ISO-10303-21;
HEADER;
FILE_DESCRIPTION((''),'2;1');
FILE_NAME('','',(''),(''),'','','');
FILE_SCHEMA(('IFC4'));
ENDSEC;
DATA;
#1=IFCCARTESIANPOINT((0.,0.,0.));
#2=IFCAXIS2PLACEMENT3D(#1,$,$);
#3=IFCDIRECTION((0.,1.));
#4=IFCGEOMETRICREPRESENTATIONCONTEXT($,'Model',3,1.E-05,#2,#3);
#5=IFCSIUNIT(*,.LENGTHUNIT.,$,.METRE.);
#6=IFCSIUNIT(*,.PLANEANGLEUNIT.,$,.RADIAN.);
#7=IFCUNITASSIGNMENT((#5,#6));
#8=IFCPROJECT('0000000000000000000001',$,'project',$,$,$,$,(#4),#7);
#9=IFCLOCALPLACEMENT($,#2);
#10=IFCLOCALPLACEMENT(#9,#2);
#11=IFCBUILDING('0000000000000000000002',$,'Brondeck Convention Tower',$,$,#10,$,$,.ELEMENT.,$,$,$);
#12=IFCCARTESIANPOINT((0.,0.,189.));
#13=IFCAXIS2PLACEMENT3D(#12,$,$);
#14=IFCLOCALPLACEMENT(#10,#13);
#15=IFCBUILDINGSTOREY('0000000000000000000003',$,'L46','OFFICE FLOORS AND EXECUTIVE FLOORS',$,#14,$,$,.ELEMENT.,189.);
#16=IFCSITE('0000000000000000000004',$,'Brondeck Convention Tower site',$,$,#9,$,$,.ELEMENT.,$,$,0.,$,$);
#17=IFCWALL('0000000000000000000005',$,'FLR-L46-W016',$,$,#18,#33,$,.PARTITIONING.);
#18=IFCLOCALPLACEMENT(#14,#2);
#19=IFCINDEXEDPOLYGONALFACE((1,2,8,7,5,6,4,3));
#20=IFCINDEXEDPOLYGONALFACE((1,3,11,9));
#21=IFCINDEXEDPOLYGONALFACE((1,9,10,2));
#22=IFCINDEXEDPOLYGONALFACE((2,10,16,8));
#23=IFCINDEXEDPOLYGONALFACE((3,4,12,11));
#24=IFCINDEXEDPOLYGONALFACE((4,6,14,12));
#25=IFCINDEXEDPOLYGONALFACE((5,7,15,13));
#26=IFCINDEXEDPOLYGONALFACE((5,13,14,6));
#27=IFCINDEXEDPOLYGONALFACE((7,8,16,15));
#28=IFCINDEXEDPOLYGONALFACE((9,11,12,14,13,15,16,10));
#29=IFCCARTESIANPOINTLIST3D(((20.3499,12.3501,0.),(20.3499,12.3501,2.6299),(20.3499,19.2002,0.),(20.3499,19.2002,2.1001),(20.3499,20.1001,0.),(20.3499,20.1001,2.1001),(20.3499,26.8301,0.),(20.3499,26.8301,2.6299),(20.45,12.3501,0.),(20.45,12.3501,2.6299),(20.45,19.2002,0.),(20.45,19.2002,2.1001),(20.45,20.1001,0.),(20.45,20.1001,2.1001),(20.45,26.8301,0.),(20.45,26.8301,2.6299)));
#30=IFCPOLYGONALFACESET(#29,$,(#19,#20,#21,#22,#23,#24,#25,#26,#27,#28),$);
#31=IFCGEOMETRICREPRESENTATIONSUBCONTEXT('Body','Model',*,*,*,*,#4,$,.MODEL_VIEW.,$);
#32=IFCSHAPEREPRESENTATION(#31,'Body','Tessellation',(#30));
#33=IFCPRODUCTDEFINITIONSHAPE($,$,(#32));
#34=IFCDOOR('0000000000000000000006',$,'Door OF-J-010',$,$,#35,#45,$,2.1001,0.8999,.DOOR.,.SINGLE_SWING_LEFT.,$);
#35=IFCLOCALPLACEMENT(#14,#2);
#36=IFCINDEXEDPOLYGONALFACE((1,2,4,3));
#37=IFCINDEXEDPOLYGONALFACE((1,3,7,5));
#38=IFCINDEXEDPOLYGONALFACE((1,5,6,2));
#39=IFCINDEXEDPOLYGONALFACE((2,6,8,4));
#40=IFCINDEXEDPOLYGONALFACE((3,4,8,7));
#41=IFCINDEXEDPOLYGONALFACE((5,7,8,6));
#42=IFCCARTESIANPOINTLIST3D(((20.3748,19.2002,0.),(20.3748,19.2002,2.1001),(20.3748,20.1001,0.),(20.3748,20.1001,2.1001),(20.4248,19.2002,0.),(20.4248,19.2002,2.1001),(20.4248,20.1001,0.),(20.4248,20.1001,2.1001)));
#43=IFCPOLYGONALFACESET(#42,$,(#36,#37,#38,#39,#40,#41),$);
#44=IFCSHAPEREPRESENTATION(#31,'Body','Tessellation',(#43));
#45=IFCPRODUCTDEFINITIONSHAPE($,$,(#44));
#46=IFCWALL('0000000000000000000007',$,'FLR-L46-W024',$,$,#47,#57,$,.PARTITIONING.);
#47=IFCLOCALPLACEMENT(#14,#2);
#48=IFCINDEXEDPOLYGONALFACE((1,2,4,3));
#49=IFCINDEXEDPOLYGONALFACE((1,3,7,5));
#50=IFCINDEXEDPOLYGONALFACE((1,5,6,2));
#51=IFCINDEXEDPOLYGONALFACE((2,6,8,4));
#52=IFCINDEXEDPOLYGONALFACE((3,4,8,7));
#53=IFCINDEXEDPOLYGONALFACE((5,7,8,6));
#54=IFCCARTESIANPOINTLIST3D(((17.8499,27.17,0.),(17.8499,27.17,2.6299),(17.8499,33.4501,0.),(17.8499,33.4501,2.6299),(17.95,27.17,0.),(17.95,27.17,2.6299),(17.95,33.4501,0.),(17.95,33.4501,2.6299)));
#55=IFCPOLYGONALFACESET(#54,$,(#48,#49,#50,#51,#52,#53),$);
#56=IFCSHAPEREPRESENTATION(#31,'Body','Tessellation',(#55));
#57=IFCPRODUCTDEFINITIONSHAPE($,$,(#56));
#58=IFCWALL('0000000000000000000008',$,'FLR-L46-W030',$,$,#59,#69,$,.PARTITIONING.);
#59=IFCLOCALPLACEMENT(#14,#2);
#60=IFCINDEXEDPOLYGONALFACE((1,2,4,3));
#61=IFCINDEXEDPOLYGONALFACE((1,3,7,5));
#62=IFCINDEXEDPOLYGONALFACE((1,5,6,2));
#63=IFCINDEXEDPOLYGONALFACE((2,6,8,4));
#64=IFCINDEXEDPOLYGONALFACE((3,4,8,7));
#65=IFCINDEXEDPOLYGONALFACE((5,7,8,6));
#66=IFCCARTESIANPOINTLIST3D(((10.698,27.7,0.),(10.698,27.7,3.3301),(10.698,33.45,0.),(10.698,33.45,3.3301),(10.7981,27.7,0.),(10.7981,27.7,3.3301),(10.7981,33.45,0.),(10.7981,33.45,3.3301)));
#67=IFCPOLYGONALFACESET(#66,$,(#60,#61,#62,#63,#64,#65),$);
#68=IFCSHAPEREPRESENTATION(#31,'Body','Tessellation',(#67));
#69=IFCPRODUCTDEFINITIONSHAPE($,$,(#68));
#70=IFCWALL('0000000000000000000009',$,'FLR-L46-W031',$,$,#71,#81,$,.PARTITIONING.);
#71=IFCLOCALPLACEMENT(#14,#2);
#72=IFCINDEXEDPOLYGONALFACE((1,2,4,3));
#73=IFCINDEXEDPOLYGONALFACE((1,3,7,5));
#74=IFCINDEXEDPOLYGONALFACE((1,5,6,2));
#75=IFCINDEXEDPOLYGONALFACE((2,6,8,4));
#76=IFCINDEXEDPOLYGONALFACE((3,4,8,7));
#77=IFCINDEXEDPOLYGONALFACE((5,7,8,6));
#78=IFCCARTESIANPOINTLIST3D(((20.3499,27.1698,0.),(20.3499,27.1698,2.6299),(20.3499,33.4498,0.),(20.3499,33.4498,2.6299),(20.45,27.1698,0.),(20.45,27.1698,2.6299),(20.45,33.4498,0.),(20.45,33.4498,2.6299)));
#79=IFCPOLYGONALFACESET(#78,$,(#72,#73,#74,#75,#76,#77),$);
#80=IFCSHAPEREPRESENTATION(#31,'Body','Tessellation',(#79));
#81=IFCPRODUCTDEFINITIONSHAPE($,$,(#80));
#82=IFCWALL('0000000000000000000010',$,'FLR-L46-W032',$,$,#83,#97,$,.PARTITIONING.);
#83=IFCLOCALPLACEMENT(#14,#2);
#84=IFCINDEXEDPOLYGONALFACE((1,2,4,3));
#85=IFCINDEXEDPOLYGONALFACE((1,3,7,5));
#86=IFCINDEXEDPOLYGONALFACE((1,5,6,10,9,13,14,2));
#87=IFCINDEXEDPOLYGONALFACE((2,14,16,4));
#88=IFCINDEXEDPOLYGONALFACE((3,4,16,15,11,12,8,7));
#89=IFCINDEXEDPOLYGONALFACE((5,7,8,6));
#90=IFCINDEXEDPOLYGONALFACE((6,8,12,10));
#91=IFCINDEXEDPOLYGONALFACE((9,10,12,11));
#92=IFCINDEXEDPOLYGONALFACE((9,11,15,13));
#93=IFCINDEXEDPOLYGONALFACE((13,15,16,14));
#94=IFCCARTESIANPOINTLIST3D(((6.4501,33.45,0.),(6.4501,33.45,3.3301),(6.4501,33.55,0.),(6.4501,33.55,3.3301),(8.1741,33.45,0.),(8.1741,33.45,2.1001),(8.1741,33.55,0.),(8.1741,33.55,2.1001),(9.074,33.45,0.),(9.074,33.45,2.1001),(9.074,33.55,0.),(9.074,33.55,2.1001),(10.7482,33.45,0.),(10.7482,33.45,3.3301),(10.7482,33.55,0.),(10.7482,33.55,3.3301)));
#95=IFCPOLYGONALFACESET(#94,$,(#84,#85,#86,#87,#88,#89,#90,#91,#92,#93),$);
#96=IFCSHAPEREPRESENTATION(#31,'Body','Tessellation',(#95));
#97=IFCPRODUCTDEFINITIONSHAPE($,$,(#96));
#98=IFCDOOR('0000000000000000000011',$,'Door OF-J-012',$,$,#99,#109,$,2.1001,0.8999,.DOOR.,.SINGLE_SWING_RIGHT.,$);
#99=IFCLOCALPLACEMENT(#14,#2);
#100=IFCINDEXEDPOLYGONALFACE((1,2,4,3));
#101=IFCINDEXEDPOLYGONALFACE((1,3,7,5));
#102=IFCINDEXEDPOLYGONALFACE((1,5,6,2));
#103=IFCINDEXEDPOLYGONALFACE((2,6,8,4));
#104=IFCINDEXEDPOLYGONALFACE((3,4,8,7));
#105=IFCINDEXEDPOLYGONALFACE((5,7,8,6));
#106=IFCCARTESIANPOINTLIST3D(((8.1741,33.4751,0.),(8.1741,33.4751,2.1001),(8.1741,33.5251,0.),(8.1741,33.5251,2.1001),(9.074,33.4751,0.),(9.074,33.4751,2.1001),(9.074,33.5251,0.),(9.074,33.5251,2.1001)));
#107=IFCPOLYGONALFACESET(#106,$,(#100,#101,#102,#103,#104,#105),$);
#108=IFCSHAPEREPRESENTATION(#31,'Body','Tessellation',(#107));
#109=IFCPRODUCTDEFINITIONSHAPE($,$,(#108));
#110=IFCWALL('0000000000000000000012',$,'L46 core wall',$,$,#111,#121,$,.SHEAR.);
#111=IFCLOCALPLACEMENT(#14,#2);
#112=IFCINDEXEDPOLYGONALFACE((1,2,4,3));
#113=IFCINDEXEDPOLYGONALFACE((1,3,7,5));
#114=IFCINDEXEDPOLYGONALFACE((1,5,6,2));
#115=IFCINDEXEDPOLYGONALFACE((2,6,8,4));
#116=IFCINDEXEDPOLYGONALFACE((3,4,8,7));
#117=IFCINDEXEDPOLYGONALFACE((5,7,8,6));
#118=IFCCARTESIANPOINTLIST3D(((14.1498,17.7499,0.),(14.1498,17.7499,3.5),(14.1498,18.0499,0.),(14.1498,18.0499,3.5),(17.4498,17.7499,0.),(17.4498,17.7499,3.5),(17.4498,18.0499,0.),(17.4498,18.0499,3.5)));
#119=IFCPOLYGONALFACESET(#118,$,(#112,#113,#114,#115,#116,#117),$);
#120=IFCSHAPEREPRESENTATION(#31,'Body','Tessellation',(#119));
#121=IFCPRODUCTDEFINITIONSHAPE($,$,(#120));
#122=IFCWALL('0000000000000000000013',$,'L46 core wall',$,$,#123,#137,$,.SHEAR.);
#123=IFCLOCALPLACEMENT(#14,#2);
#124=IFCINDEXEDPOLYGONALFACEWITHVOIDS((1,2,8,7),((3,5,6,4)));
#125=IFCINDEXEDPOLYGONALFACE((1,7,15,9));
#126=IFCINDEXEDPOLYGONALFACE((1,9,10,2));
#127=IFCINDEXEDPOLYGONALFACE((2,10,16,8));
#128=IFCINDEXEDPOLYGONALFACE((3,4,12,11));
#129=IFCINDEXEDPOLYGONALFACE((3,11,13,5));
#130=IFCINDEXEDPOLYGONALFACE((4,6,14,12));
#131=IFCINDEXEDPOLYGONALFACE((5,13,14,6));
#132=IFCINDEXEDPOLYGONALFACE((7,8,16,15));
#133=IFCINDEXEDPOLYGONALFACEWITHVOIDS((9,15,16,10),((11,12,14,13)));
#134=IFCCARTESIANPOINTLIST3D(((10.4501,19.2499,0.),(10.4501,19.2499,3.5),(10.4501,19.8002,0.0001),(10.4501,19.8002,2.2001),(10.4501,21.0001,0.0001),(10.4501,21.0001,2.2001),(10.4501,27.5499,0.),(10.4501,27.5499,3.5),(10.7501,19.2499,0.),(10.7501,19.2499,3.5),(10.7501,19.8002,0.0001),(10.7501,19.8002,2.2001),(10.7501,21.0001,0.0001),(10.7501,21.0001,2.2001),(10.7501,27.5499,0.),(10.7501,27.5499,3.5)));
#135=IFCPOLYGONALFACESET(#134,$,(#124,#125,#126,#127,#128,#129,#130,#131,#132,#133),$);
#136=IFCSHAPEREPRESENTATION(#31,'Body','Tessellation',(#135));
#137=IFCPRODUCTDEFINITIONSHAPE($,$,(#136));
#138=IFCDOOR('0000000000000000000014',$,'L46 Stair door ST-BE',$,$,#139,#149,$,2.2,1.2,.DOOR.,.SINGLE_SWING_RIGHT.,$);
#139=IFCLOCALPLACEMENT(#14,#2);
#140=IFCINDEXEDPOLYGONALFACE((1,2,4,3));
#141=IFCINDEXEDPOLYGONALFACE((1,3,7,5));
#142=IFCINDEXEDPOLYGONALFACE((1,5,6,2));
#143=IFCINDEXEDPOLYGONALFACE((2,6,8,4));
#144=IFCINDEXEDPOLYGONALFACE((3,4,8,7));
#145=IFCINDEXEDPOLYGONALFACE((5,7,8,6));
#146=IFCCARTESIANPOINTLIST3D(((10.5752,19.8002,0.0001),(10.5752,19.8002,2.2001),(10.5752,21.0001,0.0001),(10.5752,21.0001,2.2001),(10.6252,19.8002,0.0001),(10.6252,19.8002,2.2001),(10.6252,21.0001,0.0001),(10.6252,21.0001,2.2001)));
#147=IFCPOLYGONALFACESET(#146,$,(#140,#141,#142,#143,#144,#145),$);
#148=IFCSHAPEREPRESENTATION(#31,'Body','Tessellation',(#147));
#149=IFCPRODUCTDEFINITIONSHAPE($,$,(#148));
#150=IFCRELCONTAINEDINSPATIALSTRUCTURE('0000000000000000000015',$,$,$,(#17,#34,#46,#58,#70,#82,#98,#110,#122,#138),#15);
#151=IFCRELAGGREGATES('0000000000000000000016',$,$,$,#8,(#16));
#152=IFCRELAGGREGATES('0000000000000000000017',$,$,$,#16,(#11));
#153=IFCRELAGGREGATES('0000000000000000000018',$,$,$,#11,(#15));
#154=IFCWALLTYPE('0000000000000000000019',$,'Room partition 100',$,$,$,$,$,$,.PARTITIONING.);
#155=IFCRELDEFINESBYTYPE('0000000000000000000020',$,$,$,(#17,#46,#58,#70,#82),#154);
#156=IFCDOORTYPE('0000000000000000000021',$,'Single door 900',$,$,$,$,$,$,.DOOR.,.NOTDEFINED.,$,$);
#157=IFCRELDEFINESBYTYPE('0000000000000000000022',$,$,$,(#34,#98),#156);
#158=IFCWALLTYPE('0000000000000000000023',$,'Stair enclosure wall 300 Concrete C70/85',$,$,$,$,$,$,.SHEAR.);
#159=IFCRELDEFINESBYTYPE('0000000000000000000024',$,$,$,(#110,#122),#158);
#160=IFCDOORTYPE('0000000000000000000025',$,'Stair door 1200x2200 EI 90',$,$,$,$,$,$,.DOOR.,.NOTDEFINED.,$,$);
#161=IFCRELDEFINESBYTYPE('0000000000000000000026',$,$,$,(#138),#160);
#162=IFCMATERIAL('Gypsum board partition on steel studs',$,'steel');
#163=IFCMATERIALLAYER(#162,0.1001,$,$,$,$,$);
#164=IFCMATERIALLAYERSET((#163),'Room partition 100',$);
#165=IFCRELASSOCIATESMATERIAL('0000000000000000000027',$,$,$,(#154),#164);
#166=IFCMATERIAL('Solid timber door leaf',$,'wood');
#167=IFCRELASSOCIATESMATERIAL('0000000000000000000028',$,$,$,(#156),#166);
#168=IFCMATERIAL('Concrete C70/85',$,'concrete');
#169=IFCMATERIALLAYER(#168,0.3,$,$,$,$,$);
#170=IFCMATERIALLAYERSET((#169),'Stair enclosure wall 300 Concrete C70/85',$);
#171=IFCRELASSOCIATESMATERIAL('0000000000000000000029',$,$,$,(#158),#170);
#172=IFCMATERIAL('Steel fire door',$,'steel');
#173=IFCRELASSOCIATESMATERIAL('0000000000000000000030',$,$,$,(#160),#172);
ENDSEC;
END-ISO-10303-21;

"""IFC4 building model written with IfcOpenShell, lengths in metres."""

from ifc_helpers import new_model, si_unit, direction, frame, frame_2d, origin, place, context, subcontext, project, spatial, rectangle, extrude, material, layer, layer_set, type_object, element, fill, save


model = new_model("IFC4")

# Units and contexts
model_context = context("Model", 3, precision=1e-05, world=origin(), true_north=direction((0.0, 1.0)))
body_context = subcontext(model_context, "Body", "Model", "MODEL_VIEW")
ifc_project = project(units=[si_unit("LENGTHUNIT", "METRE"), si_unit("PLANEANGLEUNIT", "RADIAN")], contexts=[model_context])

# Site, building, storey
site_placement = place(None, origin())
site = spatial("IfcSite", under=ifc_project, at=site_placement, Name="Brondeck Convention Tower site", CompositionType="ELEMENT", RefElevation=0.0)
building_placement = place(site_placement, origin())
building = spatial("IfcBuilding", under=site, at=building_placement, Name="Brondeck Convention Tower", CompositionType="ELEMENT")
storey_placement = place(building_placement, frame((0.0, 0.0, 189.0)))
storey = spatial("IfcBuildingStorey", under=building, at=storey_placement, Name="L46", Description="OFFICE FLOORS AND EXECUTIVE FLOORS", CompositionType="ELEMENT", Elevation=189.0)

# Shared definitions
ifc_material_1 = material(Name="Concrete C70/85", Category="concrete")

# Shared definitions
ifc_material_2 = material(Name="Gypsum board partition on steel studs", Category="steel")
ifc_layer_1 = layer(ifc_material_2, 0.1001)
ifc_layer_set_1 = layer_set([ifc_layer_1], Name="Room partition 100")
wall_type_1 = type_object("IfcWallType", Name="Room partition 100", PredefinedType="PARTITIONING", material=ifc_layer_set_1)

# Wall, opening, door
wall_1_placement = place(storey_placement, frame((20.3999, 26.8301, 0.0), z_axis=(0.0, 0.0, 1.0), x_axis=(0.0, -1.0, 0.0)))
wall_1 = element("IfcWall", 1, at=wall_1_placement, inside=storey, type_object=wall_type_1, Name="FLR-L46-W016", PredefinedType="PARTITIONING", context=body_context, shape_type="SweptSolid", body=[
    extrude(rectangle(XDim=14.48, YDim=0.1001, at=frame_2d((7.24, 0.0))), origin(), (0.0, 0.0, 1.0), 2.6299),
])
opening_1_placement = place(wall_1_placement, frame((6.73, 0.0, 0.0)))
opening_1 = element("IfcOpeningElement", 2, at=opening_1_placement, cuts=wall_1, PredefinedType="OPENING", context=body_context, shape_type="SweptSolid", body=[
    extrude(rectangle(XDim=0.8999, YDim=2.1001, at=frame_2d((0.45, 1.05))), frame((0.0, 0.0601, 0.0), z_axis=(0.0, -1.0, 0.0), x_axis=(1.0, 0.0, 0.0)), (0.0, 0.0, 1.0), 0.1201),
])
ifc_material_3 = material(Name="Solid timber door leaf", Category="wood")
door_type_1 = type_object("IfcDoorType", Name="Single door 900", OperationType="NOTDEFINED", PredefinedType="DOOR", material=ifc_material_3)
door_1_placement = place(opening_1_placement, origin())
door_1 = element("IfcDoor", 3, at=door_1_placement, inside=storey, type_object=door_type_1, Name="Door OF-J-010", OperationType="SINGLE_SWING_LEFT", OverallHeight=2.1001, OverallWidth=0.8999, PredefinedType="DOOR", context=body_context, shape_type="SweptSolid", body=[
    extrude(rectangle(XDim=0.8999, YDim=2.1001, at=frame_2d((0.45, 1.05))), frame((0.0, 0.0249, 0.0), z_axis=(0.0, -1.0, 0.0), x_axis=(1.0, 0.0, 0.0)), (0.0, 0.0, 1.0), 0.05),
])
fill(opening_1, door_1)

# Walls
wall_2_placement = place(storey_placement, frame((17.8999, 27.1699, 0.0), z_axis=(0.0, 0.0, 1.0), x_axis=(0.0, 1.0, 0.0)))
element("IfcWall", 4, at=wall_2_placement, inside=storey, type_object=wall_type_1, Name="FLR-L46-W024", PredefinedType="PARTITIONING", context=body_context, shape_type="SweptSolid", body=[
    extrude(rectangle(XDim=6.28, YDim=0.1001, at=frame_2d((3.1401, 0.0))), origin(), (0.0, 0.0, 1.0), 2.6299),
])
wall_3_placement = place(storey_placement, frame((10.748, 33.45, 0.0), z_axis=(0.0, 0.0, 1.0), x_axis=(0.0, -1.0, 0.0)))
element("IfcWall", 5, at=wall_3_placement, inside=storey, type_object=wall_type_1, Name="FLR-L46-W030", PredefinedType="PARTITIONING", context=body_context, shape_type="SweptSolid", body=[
    extrude(rectangle(XDim=5.75, YDim=0.1001, at=frame_2d((2.875, 0.0))), origin(), (0.0, 0.0, 1.0), 3.3301),
])
wall_4_placement = place(storey_placement, frame((20.3999, 33.45, 0.0), z_axis=(0.0, 0.0, 1.0), x_axis=(0.0, -1.0, 0.0)))
element("IfcWall", 6, at=wall_4_placement, inside=storey, type_object=wall_type_1, Name="FLR-L46-W031", PredefinedType="PARTITIONING", context=body_context, shape_type="SweptSolid", body=[
    extrude(rectangle(XDim=6.28, YDim=0.1001, at=frame_2d((3.1401, 0.0))), origin(), (0.0, 0.0, 1.0), 2.6299),
])

# Wall, opening, door
wall_5_placement = place(storey_placement, frame((10.748, 33.5, 0.0), z_axis=(0.0, 0.0, 1.0), x_axis=(-1.0, 0.0, 0.0)))
wall_5 = element("IfcWall", 7, at=wall_5_placement, inside=storey, type_object=wall_type_1, Name="FLR-L46-W032", PredefinedType="PARTITIONING", context=body_context, shape_type="SweptSolid", body=[
    extrude(rectangle(XDim=4.2981, YDim=0.1001, at=frame_2d((2.1489, 0.0))), origin(), (0.0, 0.0, 1.0), 3.3301),
])
opening_2_placement = place(wall_5_placement, frame((1.6741, 0.0, 0.0)))
opening_2 = element("IfcOpeningElement", 8, at=opening_2_placement, cuts=wall_5, PredefinedType="OPENING", context=body_context, shape_type="SweptSolid", body=[
    extrude(rectangle(XDim=0.8999, YDim=2.1001, at=frame_2d((0.45, 1.05))), frame((0.0, 0.0601, 0.0), z_axis=(0.0, -1.0, 0.0), x_axis=(1.0, 0.0, 0.0)), (0.0, 0.0, 1.0), 0.1201),
])
door_2_placement = place(opening_2_placement, origin())
door_2 = element("IfcDoor", 9, at=door_2_placement, inside=storey, type_object=door_type_1, Name="Door OF-J-012", OperationType="SINGLE_SWING_RIGHT", OverallHeight=2.1001, OverallWidth=0.8999, PredefinedType="DOOR", context=body_context, shape_type="SweptSolid", body=[
    extrude(rectangle(XDim=0.8999, YDim=2.1001, at=frame_2d((0.45, 1.05))), frame((0.0, 0.0249, 0.0), z_axis=(0.0, -1.0, 0.0), x_axis=(1.0, 0.0, 0.0)), (0.0, 0.0, 1.0), 0.05),
])
fill(opening_2, door_2)

# Wall
ifc_layer_2 = layer(ifc_material_1, 0.3)
ifc_layer_set_2 = layer_set([ifc_layer_2], Name="Stair enclosure wall 300 Concrete C70/85")
wall_type_2 = type_object("IfcWallType", Name="Stair enclosure wall 300 Concrete C70/85", PredefinedType="SHEAR", material=ifc_layer_set_2)
wall_6_placement = place(storey_placement, frame((14.1499, 17.8999, 0.0), z_axis=(0.0, 0.0, 1.0), x_axis=(1.0, 0.0, 0.0)))
element("IfcWall", 10, at=wall_6_placement, inside=storey, type_object=wall_type_2, Name="L46 core wall", PredefinedType="SHEAR", context=body_context, shape_type="SweptSolid", body=[
    extrude(rectangle(XDim=3.3, YDim=0.3, at=frame_2d((1.6499, 0.0))), origin(), (0.0, 0.0, 1.0), 3.5),
])

# Wall, opening, door
wall_7_placement = place(storey_placement, frame((10.6001, 19.25, 0.0), z_axis=(0.0, 0.0, 1.0), x_axis=(0.0, 1.0, 0.0)))
wall_7 = element("IfcWall", 11, at=wall_7_placement, inside=storey, type_object=wall_type_2, Name="L46 core wall", PredefinedType="SHEAR", context=body_context, shape_type="SweptSolid", body=[
    extrude(rectangle(XDim=8.3, YDim=0.3, at=frame_2d((4.1499, 0.0))), origin(), (0.0, 0.0, 1.0), 3.5),
])
opening_3_placement = place(wall_7_placement, frame((0.55, 0.0, 0.0)))
opening_3 = element("IfcOpeningElement", 12, at=opening_3_placement, cuts=wall_7, PredefinedType="OPENING", context=body_context, shape_type="SweptSolid", body=[
    extrude(rectangle(XDim=1.2, YDim=2.2, at=frame_2d((0.6001, 1.1001))), frame((0.0, 0.1599, 0.0), z_axis=(0.0, -1.0, 0.0), x_axis=(1.0, 0.0, 0.0)), (0.0, 0.0, 1.0), 0.3201),
])
ifc_material_4 = material(Name="Steel fire door", Category="steel")
door_type_2 = type_object("IfcDoorType", Name="Stair door 1200x2200 EI 90", OperationType="NOTDEFINED", PredefinedType="DOOR", material=ifc_material_4)
door_3_placement = place(opening_3_placement, origin())
door_3 = element("IfcDoor", 13, at=door_3_placement, inside=storey, type_object=door_type_2, Name="L46 Stair door ST-BE", OperationType="SINGLE_SWING_RIGHT", OverallHeight=2.2, OverallWidth=1.2, PredefinedType="DOOR", context=body_context, shape_type="SweptSolid", body=[
    extrude(rectangle(XDim=1.2, YDim=2.2, at=frame_2d((0.6001, 1.1001))), frame((0.0, 0.0249, 0.0), z_axis=(0.0, -1.0, 0.0), x_axis=(1.0, 0.0, 0.0)), (0.0, 0.0, 1.0), 0.05),
])
fill(opening_3, door_3)

save(model, "model.ifc")
